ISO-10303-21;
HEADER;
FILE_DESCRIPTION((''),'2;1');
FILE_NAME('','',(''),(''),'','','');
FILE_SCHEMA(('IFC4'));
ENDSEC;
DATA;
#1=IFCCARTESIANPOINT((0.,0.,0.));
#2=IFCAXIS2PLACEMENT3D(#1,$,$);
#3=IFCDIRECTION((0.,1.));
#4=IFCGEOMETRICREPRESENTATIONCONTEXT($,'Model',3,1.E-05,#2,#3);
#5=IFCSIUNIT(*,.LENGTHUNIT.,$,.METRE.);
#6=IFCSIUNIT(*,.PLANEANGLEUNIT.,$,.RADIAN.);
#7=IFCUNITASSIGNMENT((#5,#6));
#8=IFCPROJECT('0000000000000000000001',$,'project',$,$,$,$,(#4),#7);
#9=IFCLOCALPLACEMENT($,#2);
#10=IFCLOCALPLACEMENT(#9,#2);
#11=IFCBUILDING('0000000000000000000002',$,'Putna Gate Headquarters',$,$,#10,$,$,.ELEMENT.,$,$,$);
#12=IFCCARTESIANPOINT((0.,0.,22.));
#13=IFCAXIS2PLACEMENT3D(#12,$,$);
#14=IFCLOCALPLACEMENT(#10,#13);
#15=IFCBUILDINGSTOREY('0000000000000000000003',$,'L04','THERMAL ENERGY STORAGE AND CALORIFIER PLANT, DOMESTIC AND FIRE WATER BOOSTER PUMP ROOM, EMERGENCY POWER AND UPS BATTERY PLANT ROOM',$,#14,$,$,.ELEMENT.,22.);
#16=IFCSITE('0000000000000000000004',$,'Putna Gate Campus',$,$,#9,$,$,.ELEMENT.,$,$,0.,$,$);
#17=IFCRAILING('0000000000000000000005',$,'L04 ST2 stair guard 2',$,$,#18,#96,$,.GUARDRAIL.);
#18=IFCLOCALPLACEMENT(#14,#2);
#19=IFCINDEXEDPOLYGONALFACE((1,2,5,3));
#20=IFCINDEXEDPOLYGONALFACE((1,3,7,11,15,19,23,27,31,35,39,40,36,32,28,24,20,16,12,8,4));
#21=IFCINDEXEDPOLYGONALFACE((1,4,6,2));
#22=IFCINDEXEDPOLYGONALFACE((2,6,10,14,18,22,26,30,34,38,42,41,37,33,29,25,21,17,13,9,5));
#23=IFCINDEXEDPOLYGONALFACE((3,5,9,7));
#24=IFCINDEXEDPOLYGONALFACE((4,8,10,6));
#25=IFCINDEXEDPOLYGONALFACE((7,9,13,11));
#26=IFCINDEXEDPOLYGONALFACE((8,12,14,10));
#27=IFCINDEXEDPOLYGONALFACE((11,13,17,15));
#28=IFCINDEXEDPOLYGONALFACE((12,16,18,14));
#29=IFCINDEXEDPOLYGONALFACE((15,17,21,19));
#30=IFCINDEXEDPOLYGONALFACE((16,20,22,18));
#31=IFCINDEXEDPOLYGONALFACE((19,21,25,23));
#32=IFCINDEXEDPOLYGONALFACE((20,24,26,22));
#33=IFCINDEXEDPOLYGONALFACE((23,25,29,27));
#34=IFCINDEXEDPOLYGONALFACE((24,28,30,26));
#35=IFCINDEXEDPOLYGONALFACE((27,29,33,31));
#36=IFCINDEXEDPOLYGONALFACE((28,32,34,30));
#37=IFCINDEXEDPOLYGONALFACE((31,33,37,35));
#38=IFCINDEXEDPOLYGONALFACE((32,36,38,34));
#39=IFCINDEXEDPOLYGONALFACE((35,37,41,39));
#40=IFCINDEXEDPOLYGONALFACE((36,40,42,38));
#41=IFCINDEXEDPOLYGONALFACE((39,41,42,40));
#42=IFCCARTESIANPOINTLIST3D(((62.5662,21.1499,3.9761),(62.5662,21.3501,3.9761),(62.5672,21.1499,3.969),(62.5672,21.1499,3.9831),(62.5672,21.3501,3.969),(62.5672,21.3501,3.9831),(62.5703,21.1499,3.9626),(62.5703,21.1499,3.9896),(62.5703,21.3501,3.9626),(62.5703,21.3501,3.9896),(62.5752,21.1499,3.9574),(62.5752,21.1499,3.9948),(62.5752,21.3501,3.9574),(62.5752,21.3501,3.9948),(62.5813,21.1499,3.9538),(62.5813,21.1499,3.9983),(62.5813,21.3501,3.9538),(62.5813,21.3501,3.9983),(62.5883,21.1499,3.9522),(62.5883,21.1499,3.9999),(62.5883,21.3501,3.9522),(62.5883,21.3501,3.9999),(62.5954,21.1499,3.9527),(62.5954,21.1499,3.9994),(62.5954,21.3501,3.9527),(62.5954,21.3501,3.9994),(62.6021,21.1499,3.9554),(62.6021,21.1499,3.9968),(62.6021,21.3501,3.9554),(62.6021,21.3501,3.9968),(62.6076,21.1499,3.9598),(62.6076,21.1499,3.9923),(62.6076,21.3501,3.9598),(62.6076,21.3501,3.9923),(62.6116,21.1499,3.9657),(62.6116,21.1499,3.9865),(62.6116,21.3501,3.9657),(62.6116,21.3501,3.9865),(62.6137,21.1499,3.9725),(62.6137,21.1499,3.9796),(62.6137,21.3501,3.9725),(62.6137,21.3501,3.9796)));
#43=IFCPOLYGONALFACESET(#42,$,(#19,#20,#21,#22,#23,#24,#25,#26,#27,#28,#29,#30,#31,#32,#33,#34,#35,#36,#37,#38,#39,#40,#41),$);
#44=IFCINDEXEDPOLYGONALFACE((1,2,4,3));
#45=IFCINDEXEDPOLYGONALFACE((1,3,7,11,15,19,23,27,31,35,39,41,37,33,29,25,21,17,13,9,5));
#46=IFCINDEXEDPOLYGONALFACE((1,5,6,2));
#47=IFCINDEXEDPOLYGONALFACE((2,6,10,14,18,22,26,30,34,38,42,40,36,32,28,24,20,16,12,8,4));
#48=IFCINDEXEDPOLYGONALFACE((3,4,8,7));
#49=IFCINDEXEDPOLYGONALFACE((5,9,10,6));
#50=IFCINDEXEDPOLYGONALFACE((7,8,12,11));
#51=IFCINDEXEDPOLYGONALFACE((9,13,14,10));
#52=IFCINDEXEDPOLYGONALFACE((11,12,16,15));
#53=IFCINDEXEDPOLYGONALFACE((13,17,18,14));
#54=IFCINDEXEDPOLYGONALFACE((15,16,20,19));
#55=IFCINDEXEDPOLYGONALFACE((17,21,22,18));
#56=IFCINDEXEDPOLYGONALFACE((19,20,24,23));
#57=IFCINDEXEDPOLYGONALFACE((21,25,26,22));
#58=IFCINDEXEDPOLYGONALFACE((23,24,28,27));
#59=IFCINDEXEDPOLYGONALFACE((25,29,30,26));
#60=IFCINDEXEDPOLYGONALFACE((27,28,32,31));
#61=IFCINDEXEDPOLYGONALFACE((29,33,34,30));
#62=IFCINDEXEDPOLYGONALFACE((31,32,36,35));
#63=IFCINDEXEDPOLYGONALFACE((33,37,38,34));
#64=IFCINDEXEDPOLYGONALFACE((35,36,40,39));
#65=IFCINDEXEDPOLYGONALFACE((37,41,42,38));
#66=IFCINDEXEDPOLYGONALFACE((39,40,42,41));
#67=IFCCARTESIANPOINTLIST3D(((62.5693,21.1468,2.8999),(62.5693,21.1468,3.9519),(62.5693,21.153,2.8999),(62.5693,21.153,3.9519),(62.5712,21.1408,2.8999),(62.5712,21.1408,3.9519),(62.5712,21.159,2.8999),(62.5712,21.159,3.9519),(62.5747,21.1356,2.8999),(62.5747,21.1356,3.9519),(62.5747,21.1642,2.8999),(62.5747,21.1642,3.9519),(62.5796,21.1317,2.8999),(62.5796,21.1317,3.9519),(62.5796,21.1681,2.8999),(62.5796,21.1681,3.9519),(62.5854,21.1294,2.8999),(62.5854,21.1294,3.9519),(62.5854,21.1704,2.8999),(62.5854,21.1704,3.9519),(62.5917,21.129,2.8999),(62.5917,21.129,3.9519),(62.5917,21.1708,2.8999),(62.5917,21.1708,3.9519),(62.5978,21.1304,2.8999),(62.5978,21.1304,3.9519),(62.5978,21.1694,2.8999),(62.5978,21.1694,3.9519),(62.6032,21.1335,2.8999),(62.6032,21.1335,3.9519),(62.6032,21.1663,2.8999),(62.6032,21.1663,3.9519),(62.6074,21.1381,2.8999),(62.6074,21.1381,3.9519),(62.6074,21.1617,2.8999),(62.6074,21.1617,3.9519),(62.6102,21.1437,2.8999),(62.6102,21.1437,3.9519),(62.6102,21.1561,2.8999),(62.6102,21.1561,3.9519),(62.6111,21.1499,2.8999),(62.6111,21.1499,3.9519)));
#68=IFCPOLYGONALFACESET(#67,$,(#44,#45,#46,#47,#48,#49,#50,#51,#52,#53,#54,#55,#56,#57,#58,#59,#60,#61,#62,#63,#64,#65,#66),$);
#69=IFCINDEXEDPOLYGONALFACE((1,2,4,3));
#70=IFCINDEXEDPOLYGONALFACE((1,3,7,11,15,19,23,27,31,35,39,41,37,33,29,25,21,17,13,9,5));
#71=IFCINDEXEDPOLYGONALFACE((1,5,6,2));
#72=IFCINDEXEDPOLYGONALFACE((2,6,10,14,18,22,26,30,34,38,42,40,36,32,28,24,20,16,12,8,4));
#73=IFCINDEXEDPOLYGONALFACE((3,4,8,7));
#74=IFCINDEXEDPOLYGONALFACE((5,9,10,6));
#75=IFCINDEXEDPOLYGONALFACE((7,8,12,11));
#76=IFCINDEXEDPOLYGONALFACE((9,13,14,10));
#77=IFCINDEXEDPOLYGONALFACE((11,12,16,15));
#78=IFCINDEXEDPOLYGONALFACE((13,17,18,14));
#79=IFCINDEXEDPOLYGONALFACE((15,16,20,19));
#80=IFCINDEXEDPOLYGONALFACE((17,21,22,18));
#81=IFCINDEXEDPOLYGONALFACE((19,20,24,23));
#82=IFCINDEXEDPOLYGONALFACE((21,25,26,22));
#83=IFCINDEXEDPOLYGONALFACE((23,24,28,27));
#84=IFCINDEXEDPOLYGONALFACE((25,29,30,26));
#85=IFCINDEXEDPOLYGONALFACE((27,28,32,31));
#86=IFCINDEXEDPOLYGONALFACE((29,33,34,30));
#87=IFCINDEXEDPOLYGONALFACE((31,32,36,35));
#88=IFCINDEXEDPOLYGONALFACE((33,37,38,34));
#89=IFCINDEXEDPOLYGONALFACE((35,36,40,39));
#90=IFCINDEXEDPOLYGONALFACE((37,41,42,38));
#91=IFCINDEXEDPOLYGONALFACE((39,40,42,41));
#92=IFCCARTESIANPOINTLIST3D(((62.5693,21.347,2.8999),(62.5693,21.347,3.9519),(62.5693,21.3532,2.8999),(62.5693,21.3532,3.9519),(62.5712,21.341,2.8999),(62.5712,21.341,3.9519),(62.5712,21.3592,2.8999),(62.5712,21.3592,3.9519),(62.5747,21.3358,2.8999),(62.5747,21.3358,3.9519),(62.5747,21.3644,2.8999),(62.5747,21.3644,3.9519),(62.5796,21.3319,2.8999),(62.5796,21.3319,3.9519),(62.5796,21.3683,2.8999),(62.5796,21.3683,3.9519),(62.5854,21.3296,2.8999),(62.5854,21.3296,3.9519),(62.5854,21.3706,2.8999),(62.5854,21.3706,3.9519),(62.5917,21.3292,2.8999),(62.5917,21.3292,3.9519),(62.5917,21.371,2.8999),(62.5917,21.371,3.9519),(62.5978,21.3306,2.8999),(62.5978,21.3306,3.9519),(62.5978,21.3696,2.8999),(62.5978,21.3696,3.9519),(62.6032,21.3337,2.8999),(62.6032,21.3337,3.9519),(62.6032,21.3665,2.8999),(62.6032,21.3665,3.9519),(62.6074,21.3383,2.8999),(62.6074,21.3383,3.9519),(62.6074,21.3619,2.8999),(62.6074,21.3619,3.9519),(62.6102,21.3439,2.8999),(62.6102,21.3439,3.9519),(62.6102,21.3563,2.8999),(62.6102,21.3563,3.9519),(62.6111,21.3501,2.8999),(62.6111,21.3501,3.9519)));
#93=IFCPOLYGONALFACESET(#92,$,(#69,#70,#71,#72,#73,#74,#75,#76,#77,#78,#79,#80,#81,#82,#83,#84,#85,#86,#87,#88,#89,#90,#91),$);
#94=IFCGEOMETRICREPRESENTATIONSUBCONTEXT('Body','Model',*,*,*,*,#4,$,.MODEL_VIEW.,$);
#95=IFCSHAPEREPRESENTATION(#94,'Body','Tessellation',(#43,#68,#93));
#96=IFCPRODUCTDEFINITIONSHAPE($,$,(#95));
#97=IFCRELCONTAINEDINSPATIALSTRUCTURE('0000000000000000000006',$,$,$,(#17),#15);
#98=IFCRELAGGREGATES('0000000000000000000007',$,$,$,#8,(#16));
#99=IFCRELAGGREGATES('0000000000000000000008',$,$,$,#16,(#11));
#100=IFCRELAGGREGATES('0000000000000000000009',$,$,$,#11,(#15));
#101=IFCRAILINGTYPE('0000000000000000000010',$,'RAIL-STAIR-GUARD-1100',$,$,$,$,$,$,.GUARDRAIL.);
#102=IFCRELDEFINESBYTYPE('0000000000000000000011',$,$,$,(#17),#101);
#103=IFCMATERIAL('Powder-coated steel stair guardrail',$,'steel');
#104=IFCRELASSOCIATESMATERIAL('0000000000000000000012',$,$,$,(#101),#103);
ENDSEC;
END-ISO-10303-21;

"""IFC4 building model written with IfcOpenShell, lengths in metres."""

from ifc_helpers import new_model, si_unit, direction, frame, origin, origin_2d, place, context, subcontext, project, spatial, circle, extrude, material, type_object, element, save


model = new_model("IFC4")

# Units and contexts
model_context = context("Model", 3, precision=1e-05, world=origin(), true_north=direction((0.0, 1.0)))
body_context = subcontext(model_context, "Body", "Model", "MODEL_VIEW")
ifc_project = project(units=[si_unit("LENGTHUNIT", "METRE"), si_unit("PLANEANGLEUNIT", "RADIAN")], contexts=[model_context])

# Site, building, storey
site_placement = place(None, origin())
site = spatial("IfcSite", under=ifc_project, at=site_placement, Name="Putna Gate Campus", CompositionType="ELEMENT", RefElevation=0.0)
building_placement = place(site_placement, origin())
building = spatial("IfcBuilding", under=site, at=building_placement, Name="Putna Gate Headquarters", CompositionType="ELEMENT")
storey_placement = place(building_placement, frame((0.0, 0.0, 22.0)))
storey = spatial("IfcBuildingStorey", under=building, at=storey_placement, Name="L04", Description="THERMAL ENERGY STORAGE AND CALORIFIER PLANT, DOMESTIC AND FIRE WATER BOOSTER PUMP ROOM, EMERGENCY POWER AND UPS BATTERY PLANT ROOM", CompositionType="ELEMENT", Elevation=22.0)

# Railing
ifc_material_1 = material(Name="Powder-coated steel stair guardrail", Category="steel")
railing_type_1 = type_object("IfcRailingType", Name="RAIL-STAIR-GUARD-1100", PredefinedType="GUARDRAIL", material=ifc_material_1)
railing_1_placement = place(storey_placement, frame((62.5901, 21.1499, 2.8999)))
element("IfcRailing", 1, at=railing_1_placement, inside=storey, type_object=railing_type_1, Name="L04 ST2 stair guard 2", PredefinedType="GUARDRAIL", context=body_context, shape_type="SweptSolid", body=[
    extrude(circle(Radius=0.0239, at=origin_2d()), frame((0.0, 0.0, 1.0762), z_axis=(0.0, 1.0, 0.0), x_axis=(-1.0, 0.0, 0.0)), (0.0, 0.0, 1.0), 0.2002),
    extrude(circle(Radius=0.021, at=origin_2d()), origin(), (0.0, 0.0, 1.0), 1.052),
    extrude(circle(Radius=0.021, at=origin_2d()), frame((0.0, 0.2002, 0.0)), (0.0, 0.0, 1.0), 1.052),
])

save(model, "model.ifc")
